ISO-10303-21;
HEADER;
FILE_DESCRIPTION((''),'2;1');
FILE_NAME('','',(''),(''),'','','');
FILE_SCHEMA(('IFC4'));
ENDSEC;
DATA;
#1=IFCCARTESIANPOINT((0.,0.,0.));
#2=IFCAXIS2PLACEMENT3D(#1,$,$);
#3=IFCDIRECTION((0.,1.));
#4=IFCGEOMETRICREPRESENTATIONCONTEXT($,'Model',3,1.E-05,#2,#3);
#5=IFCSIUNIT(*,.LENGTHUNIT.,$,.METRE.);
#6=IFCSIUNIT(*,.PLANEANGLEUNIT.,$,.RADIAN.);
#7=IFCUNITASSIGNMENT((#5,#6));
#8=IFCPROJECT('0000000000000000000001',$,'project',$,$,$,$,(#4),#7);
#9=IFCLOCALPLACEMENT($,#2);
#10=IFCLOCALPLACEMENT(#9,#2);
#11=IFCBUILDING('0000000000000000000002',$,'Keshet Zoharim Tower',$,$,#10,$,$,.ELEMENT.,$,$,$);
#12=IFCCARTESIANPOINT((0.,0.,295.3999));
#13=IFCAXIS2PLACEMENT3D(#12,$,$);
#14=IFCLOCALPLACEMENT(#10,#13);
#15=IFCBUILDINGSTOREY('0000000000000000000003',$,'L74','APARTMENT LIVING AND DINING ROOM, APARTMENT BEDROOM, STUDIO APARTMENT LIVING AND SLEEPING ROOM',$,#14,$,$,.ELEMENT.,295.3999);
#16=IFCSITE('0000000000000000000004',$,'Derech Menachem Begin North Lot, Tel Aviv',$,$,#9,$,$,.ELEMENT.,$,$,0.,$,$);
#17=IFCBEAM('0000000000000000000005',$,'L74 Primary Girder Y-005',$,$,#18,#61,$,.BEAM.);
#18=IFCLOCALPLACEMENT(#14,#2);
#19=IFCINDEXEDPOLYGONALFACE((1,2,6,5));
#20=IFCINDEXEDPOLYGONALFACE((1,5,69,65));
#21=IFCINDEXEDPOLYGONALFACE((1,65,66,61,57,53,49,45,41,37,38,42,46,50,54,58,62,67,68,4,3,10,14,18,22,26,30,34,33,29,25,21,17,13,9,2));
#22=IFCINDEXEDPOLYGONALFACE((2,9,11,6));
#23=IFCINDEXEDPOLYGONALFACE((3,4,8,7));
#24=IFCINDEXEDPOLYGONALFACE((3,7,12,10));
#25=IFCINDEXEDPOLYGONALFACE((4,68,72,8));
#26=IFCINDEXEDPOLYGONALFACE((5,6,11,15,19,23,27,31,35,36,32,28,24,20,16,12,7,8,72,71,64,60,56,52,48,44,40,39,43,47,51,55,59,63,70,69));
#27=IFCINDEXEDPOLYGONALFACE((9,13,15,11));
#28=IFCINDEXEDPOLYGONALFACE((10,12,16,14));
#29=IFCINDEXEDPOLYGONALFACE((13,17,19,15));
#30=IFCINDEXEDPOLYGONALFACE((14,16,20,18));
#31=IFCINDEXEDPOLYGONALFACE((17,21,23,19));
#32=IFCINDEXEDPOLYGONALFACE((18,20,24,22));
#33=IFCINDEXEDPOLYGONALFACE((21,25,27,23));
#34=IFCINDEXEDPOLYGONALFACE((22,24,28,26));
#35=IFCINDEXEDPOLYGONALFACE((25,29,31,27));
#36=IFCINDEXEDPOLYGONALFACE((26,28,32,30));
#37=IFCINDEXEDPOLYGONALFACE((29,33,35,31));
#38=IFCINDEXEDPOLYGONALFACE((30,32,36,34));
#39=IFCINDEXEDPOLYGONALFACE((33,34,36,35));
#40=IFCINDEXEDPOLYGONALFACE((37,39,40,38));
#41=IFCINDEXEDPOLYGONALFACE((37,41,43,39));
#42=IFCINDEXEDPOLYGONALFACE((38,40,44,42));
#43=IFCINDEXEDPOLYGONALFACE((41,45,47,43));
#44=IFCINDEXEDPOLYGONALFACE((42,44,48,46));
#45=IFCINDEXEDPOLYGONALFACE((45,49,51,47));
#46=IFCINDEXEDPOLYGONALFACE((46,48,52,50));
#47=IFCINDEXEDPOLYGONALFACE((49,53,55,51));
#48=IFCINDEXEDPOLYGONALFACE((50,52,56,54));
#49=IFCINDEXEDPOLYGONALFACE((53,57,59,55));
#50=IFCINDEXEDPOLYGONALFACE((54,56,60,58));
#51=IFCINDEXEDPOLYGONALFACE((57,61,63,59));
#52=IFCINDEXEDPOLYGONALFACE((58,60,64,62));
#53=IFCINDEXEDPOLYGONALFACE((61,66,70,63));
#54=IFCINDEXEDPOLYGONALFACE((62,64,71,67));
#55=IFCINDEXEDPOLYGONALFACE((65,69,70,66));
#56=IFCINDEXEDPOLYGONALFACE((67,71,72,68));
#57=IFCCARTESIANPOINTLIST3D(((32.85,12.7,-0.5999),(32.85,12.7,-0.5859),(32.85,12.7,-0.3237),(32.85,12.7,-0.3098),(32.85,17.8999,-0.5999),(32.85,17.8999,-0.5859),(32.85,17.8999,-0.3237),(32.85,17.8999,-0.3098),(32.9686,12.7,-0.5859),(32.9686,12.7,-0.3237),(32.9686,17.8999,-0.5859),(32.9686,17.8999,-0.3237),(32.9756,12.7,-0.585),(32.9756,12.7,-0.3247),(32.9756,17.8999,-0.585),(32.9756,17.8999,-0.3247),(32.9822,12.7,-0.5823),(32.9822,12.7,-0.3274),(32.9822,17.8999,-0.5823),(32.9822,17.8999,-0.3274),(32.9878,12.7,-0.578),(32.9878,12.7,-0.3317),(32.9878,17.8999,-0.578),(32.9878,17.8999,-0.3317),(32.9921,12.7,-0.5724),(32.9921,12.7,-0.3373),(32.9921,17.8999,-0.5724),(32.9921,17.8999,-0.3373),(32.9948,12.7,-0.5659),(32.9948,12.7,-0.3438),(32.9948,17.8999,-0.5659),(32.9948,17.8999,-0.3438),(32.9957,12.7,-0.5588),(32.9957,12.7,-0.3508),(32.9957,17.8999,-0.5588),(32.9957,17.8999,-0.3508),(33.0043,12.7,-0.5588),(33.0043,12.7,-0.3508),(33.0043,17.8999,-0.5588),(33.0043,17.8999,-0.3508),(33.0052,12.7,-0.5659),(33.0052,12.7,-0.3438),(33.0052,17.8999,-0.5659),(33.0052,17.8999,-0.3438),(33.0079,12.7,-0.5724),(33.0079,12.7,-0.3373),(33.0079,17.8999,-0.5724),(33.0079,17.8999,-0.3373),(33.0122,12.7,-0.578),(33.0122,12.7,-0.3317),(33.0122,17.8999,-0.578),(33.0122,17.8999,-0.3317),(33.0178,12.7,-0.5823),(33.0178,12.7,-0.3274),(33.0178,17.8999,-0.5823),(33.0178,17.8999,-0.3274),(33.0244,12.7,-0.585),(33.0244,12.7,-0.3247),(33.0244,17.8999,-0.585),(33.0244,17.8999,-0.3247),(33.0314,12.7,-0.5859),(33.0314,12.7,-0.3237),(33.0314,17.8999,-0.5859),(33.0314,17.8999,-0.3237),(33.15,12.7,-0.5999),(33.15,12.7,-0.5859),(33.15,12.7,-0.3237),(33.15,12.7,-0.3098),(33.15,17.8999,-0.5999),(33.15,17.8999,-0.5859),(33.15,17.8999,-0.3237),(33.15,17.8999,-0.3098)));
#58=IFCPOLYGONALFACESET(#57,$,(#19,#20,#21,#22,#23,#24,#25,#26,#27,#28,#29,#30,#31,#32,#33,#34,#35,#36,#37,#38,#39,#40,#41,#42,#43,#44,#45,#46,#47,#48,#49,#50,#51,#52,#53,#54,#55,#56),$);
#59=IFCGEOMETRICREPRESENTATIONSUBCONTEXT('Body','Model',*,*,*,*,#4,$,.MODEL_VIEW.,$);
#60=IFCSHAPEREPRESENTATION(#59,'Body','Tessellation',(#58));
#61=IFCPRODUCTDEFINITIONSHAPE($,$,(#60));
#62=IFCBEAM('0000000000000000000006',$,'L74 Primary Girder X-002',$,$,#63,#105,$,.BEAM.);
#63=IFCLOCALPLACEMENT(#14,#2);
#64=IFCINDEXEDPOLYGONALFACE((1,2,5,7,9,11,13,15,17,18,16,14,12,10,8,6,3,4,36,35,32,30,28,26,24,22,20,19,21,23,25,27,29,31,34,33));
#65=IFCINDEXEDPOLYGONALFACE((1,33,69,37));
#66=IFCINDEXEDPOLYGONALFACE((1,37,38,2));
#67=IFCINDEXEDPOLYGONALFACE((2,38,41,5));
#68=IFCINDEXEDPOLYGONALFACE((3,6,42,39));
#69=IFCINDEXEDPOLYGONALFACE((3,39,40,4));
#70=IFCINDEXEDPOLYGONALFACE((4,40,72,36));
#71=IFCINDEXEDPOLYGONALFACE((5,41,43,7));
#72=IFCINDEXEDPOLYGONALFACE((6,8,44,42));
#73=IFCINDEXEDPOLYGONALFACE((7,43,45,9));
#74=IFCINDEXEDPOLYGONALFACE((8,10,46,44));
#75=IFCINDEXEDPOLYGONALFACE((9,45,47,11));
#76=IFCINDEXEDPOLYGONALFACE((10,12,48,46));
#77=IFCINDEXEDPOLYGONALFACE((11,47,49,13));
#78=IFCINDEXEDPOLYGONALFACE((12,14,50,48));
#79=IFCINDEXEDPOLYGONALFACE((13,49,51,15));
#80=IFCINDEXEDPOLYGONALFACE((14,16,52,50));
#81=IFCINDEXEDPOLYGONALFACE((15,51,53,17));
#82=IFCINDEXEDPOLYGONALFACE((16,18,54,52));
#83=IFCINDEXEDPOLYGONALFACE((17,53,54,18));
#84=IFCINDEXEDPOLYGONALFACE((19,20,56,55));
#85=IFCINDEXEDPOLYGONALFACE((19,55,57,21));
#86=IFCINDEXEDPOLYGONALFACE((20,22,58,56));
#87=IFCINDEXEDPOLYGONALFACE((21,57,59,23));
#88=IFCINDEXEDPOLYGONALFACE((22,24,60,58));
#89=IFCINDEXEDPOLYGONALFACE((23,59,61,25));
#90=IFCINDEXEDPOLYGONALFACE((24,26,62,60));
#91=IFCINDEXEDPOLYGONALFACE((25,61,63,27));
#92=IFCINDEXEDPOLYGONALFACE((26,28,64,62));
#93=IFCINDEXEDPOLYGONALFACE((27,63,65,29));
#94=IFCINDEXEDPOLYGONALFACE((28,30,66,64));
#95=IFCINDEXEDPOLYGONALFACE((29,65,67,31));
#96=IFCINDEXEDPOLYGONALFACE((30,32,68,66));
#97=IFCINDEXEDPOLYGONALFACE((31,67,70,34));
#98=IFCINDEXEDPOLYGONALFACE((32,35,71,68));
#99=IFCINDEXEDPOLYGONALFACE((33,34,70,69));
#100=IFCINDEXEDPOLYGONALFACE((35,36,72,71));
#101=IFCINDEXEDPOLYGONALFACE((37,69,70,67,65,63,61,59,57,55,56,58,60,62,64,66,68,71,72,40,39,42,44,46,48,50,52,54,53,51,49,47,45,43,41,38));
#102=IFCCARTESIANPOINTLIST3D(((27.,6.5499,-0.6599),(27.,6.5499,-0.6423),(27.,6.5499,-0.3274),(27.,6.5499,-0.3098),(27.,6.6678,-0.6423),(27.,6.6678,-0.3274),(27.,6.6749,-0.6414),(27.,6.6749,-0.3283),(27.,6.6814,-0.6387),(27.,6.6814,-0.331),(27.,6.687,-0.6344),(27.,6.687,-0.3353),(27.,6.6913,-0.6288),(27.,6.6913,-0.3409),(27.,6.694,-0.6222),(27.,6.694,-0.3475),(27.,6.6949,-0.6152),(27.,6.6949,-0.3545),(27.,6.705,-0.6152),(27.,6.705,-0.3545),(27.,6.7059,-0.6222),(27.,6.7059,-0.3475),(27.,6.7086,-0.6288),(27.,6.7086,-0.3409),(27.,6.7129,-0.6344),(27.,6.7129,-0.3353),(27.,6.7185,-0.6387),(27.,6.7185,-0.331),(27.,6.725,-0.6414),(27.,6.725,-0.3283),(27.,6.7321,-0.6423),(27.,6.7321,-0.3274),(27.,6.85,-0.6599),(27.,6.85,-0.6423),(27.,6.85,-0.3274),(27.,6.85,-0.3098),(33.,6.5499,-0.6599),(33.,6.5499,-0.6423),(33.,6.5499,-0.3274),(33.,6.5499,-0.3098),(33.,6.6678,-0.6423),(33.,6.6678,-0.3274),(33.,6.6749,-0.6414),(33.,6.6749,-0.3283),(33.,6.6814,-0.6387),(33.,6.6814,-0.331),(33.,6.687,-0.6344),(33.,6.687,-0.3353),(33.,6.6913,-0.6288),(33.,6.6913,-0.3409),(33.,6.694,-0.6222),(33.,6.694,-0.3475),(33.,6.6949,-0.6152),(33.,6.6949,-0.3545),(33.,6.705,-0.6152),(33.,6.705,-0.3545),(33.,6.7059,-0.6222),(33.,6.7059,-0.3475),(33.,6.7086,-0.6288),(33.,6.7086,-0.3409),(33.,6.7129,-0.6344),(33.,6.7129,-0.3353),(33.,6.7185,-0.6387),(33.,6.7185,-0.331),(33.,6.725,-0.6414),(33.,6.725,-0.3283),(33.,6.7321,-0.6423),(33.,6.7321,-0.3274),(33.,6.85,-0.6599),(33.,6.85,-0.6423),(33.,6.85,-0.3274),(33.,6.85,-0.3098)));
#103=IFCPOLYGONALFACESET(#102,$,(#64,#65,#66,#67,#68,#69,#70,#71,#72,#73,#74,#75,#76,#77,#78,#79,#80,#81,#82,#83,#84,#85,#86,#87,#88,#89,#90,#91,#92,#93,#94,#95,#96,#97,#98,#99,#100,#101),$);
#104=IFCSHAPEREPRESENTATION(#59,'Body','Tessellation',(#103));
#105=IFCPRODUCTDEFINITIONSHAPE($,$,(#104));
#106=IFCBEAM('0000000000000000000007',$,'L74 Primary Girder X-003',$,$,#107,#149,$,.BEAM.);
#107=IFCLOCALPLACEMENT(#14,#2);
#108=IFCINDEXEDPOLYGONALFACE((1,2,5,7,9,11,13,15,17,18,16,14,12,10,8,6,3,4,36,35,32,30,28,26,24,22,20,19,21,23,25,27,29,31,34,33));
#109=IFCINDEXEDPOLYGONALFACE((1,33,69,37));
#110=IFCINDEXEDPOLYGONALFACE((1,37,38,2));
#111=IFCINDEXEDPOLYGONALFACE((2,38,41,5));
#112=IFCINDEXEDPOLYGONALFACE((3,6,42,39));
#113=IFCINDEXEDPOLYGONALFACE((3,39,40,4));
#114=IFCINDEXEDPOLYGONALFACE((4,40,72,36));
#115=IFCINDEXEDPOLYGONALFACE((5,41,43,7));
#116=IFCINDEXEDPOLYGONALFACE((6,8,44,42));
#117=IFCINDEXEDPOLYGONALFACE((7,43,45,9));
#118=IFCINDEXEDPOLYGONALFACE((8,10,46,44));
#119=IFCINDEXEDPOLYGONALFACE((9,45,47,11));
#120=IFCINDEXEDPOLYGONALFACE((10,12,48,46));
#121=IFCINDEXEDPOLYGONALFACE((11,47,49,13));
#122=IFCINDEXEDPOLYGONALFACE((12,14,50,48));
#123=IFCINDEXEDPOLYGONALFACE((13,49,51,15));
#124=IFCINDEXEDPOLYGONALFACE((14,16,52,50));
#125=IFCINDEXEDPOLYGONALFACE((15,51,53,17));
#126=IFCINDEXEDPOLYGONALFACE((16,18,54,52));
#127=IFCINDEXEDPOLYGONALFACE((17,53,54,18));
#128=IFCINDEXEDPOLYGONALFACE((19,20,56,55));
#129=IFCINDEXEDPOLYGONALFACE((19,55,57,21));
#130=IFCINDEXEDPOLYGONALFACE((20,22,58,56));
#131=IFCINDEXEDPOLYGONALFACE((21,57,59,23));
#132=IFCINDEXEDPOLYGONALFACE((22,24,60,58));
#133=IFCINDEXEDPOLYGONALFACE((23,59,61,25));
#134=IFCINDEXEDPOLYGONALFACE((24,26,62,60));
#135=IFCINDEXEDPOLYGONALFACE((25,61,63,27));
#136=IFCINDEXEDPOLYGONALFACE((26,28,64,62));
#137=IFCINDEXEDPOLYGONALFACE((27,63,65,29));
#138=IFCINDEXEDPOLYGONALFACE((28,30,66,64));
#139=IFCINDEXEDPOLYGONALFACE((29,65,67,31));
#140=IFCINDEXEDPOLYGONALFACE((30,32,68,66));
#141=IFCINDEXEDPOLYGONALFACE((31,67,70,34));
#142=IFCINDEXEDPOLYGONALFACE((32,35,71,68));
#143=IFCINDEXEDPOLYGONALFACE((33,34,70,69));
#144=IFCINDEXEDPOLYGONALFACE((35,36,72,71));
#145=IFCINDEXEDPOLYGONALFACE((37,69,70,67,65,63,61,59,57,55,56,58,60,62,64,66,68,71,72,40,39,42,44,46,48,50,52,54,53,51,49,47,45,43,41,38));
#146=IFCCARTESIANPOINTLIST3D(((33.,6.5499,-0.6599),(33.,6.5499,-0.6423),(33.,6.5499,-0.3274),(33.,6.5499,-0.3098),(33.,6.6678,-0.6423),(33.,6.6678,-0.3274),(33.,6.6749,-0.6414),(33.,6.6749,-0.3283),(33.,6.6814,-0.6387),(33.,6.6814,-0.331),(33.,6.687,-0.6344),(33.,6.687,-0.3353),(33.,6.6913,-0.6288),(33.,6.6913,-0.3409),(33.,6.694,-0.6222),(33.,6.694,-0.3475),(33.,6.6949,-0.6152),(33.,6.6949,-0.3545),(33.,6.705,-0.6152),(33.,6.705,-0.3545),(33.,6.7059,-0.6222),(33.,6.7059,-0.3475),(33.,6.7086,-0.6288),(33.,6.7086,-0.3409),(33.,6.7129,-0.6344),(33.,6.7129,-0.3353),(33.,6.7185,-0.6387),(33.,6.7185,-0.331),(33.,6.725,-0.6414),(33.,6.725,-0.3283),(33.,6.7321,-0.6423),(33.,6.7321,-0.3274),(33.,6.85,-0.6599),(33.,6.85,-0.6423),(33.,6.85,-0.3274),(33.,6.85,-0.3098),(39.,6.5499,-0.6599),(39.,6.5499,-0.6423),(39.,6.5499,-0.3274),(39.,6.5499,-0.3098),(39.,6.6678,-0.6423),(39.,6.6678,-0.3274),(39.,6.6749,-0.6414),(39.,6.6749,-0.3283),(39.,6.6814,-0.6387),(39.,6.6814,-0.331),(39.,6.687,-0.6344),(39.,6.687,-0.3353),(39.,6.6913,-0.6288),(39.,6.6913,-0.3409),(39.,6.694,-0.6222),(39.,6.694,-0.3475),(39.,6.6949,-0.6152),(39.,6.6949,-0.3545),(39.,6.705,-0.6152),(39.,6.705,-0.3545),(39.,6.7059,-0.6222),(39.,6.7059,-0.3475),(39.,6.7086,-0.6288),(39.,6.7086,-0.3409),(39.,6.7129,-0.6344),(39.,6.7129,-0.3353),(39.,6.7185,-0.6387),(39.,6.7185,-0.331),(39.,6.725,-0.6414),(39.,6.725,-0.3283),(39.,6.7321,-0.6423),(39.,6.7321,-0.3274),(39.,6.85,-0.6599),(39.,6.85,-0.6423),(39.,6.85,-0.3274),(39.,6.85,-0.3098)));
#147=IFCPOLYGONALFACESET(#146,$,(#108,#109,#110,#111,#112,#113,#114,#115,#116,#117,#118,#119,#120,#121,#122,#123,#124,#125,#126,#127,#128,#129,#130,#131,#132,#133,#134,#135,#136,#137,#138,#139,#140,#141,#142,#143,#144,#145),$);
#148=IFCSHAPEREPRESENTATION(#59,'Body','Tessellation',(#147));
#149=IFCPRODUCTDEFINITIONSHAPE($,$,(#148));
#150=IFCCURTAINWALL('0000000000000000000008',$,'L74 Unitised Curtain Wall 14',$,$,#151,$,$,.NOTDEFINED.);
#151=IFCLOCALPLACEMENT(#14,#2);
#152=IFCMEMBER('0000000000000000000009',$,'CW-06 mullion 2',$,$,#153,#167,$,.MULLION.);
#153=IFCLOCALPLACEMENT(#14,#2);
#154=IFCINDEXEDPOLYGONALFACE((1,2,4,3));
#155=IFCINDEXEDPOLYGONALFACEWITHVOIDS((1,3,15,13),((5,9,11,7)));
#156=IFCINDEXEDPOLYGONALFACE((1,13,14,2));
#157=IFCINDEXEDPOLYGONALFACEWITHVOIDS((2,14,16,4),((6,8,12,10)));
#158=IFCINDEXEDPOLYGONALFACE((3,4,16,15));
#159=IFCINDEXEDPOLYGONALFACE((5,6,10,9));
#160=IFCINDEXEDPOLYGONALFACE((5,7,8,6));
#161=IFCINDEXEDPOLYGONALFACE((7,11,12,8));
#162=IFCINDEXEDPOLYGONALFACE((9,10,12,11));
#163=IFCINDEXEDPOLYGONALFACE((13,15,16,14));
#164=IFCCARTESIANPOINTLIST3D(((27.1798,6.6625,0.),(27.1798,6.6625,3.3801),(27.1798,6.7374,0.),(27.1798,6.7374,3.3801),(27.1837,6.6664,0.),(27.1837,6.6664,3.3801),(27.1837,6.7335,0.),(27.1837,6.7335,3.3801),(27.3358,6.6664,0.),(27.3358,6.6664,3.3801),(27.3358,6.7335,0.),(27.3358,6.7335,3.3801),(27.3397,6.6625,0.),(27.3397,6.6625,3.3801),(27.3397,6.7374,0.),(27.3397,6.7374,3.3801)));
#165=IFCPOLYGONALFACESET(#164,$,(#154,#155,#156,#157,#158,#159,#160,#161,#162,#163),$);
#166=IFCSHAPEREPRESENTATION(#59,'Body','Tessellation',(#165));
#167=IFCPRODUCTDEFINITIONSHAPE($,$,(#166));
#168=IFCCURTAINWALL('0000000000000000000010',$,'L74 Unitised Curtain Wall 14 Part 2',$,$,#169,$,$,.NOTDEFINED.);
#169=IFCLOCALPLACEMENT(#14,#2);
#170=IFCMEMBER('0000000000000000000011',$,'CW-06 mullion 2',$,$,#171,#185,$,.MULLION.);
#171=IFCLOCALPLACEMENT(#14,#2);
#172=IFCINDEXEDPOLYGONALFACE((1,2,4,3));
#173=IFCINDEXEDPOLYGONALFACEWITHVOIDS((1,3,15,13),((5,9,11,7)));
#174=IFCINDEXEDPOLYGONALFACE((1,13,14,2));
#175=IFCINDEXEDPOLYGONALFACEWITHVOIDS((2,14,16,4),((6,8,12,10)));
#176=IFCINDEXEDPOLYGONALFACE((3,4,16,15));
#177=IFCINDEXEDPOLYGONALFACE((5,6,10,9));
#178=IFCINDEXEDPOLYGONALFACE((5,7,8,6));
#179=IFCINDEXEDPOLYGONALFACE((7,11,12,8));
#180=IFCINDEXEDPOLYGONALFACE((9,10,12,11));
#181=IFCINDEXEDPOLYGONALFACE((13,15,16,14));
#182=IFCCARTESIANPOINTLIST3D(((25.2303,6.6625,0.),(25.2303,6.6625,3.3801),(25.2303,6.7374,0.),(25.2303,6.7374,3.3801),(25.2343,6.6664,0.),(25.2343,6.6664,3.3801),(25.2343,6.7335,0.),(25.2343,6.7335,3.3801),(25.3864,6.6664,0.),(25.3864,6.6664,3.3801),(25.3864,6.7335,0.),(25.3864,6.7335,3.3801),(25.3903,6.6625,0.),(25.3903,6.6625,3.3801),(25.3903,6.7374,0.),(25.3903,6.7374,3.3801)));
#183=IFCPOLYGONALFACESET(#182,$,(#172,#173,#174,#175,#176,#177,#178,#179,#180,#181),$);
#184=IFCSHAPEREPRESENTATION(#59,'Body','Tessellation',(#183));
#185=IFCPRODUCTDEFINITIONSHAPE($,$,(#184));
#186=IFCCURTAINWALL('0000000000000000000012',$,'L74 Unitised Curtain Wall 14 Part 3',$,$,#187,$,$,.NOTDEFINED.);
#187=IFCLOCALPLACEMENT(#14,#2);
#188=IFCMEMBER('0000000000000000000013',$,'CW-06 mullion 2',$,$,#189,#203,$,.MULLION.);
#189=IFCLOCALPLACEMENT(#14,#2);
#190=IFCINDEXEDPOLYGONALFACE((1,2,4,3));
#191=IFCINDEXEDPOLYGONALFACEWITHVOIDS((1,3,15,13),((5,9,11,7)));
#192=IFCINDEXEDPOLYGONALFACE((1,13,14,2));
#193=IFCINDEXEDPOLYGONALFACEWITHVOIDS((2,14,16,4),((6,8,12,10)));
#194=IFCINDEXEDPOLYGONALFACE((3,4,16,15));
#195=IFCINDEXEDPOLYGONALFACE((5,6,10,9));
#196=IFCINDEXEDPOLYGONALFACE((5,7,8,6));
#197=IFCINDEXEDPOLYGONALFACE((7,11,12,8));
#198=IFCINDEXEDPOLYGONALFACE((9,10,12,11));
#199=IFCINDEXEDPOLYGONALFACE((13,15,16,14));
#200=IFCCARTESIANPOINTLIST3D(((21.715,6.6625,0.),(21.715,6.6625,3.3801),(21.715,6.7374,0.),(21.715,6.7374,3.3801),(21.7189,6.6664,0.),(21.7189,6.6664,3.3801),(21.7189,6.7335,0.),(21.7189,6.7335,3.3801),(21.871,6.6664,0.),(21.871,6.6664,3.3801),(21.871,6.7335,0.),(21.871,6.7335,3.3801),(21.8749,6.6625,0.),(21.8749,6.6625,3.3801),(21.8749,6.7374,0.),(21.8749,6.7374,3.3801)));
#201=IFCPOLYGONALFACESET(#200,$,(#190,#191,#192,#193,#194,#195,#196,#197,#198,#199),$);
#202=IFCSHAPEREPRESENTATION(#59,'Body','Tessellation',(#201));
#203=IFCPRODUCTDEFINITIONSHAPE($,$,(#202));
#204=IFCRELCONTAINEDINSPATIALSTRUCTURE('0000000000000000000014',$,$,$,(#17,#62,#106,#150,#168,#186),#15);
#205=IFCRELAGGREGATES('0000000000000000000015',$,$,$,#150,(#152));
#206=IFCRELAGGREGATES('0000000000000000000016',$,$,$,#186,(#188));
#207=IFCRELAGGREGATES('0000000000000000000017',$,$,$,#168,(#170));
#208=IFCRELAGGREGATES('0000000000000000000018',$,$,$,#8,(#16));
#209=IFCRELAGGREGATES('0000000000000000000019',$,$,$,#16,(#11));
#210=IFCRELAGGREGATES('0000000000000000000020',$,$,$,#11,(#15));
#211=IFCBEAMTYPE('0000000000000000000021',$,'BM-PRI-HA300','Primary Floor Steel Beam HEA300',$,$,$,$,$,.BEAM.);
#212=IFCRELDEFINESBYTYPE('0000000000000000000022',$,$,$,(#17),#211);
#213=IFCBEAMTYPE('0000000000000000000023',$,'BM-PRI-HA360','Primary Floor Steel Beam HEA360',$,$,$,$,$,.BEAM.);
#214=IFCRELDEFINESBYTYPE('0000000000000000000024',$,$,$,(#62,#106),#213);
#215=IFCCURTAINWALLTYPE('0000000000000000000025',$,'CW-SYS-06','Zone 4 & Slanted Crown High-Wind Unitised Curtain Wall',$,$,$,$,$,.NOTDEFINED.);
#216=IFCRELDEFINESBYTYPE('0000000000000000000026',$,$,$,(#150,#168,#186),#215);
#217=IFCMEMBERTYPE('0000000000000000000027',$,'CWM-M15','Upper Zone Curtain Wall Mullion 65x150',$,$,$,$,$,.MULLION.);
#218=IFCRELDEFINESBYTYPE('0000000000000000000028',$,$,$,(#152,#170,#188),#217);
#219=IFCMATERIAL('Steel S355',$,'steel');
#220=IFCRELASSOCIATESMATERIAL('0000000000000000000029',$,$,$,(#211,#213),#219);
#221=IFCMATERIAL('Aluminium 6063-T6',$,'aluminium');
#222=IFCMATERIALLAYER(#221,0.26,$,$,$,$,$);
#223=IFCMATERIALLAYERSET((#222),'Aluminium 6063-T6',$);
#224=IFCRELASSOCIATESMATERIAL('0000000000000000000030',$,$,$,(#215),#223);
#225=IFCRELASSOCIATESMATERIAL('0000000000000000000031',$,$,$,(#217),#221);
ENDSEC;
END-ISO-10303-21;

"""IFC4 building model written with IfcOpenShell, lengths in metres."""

from ifc_helpers import new_model, si_unit, direction, frame, origin, origin_2d, place, context, subcontext, project, spatial, hollow_rectangle, i_section, extrude, material, layer, layer_set, material_profile, profile_set, type_object, element, aggregate, save


model = new_model("IFC4")

# Units and contexts
model_context = context("Model", 3, precision=1e-05, world=origin(), true_north=direction((0.0, 1.0)))
body_context = subcontext(model_context, "Body", "Model", "MODEL_VIEW")
ifc_project = project(units=[si_unit("LENGTHUNIT", "METRE"), si_unit("PLANEANGLEUNIT", "RADIAN")], contexts=[model_context])

# Site, building, storey
site_placement = place(None, origin())
site = spatial("IfcSite", under=ifc_project, at=site_placement, Name="Derech Menachem Begin North Lot, Tel Aviv", CompositionType="ELEMENT", RefElevation=0.0)
building_placement = place(site_placement, origin())
building = spatial("IfcBuilding", under=site, at=building_placement, Name="Keshet Zoharim Tower", CompositionType="ELEMENT")
storey_placement = place(building_placement, frame((0.0, 0.0, 295.3999)))
storey = spatial("IfcBuildingStorey", under=building, at=storey_placement, Name="L74", Description="APARTMENT LIVING AND DINING ROOM, APARTMENT BEDROOM, STUDIO APARTMENT LIVING AND SLEEPING ROOM", CompositionType="ELEMENT", Elevation=295.3999)

# Shared definitions
ifc_material_1 = material(Name="Steel S355", Category="steel")

# Beams
ifc_material_profile_1 = material_profile(ifc_material_1, i_section(OverallWidth=0.3, OverallDepth=0.29, WebThickness=0.0085, FlangeThickness=0.0139, FilletRadius=0.0271, at=origin_2d()), Name="HEA300")
ifc_profile_set_1 = profile_set([ifc_material_profile_1], Name="Steel S355")
beam_type_1 = type_object("IfcBeamType", Name="BM-PRI-HA300", Description="Primary Floor Steel Beam HEA300", PredefinedType="BEAM", material=ifc_profile_set_1)
beam_1_placement = place(storey_placement, frame((33.0, 12.7, -0.4548), z_axis=(0.0, 1.0, 0.0), x_axis=(-1.0, 0.0, 0.0)))
element("IfcBeam", 1, at=beam_1_placement, inside=storey, type_object=beam_type_1, Name="L74 Primary Girder Y-005", PredefinedType="BEAM", context=body_context, shape_type="SweptSolid", body=[
    extrude(i_section(OverallWidth=0.3, OverallDepth=0.29, WebThickness=0.0085, FlangeThickness=0.0139, FilletRadius=0.0271, at=origin_2d()), origin(), (0.0, 0.0, 1.0), 5.2),
])
ifc_material_profile_2 = material_profile(ifc_material_1, i_section(OverallWidth=0.3, OverallDepth=0.3501, WebThickness=0.01, FlangeThickness=0.0176, FilletRadius=0.0271, at=origin_2d()), Name="HEA360")
ifc_profile_set_2 = profile_set([ifc_material_profile_2], Name="Steel S355")
beam_type_2 = type_object("IfcBeamType", Name="BM-PRI-HA360", Description="Primary Floor Steel Beam HEA360", PredefinedType="BEAM", material=ifc_profile_set_2)
for number, where, z_axis, x_axis, name in (
    (2, (27.0, 6.7, -0.4849), (1.0, 0.0, 0.0), (0.0, 1.0, 0.0), "L74 Primary Girder X-002"),
    (3, (33.0, 6.7, -0.4849), (1.0, 0.0, 0.0), (0.0, 1.0, 0.0), "L74 Primary Girder X-003"),
):
    element("IfcBeam", number, at=place(storey_placement, frame(where, z_axis=z_axis, x_axis=x_axis)), inside=storey, type_object=beam_type_2, Name=name, PredefinedType="BEAM", context=body_context, shape_type="SweptSolid", body=[
        extrude(i_section(OverallWidth=0.3, OverallDepth=0.3501, WebThickness=0.01, FlangeThickness=0.0176, FilletRadius=0.0271, at=origin_2d()), origin(), (0.0, 0.0, 1.0), 6.0),
    ])

# Curtain walls, members
ifc_material_2 = material(Name="Aluminium 6063-T6", Category="aluminium")
ifc_layer_1 = layer(ifc_material_2, 0.26)
ifc_layer_set_1 = layer_set([ifc_layer_1], Name="Aluminium 6063-T6")
curtain_wall_type = type_object("IfcCurtainWallType", Name="CW-SYS-06", Description="Zone 4 & Slanted Crown High-Wind Unitised Curtain Wall", PredefinedType="NOTDEFINED", material=ifc_layer_set_1)
curtain_wall_1_placement = place(storey_placement, origin())
curtain_wall_1 = element("IfcCurtainWall", 4, at=curtain_wall_1_placement, inside=storey, type_object=curtain_wall_type, Name="L74 Unitised Curtain Wall 14", PredefinedType="NOTDEFINED")
ifc_material_profile_3 = material_profile(ifc_material_2, hollow_rectangle(XDim=0.075, YDim=0.1599, WallThickness=0.0039, at=origin_2d()), Name="MUL-75x160")
ifc_profile_set_3 = profile_set([ifc_material_profile_3], Name="Aluminium 6063-T6")
member_type_1 = type_object("IfcMemberType", Name="CWM-M15", Description="Upper Zone Curtain Wall Mullion 65x150", PredefinedType="MULLION", material=ifc_profile_set_3)
member_1_placement = place(storey_placement, frame((27.2598, 6.7, 0.0), z_axis=(0.0, 0.0, 1.0), x_axis=(0.0, -1.0, 0.0)))
member_1 = element("IfcMember", 5, at=member_1_placement, type_object=member_type_1, Name="CW-06 mullion 2", PredefinedType="MULLION", context=body_context, shape_type="SweptSolid", body=[
    extrude(hollow_rectangle(XDim=0.075, YDim=0.1599, WallThickness=0.0039, at=origin_2d()), origin(), (0.0, 0.0, 1.0), 3.3801),
])
aggregate(curtain_wall_1, [member_1])
curtain_wall_2_placement = place(storey_placement, origin())
curtain_wall_2 = element("IfcCurtainWall", 6, at=curtain_wall_2_placement, inside=storey, type_object=curtain_wall_type, Name="L74 Unitised Curtain Wall 14 Part 2", PredefinedType="NOTDEFINED")
member_2_placement = place(storey_placement, frame((25.3103, 6.7, 0.0), z_axis=(0.0, 0.0, 1.0), x_axis=(0.0, -1.0, 0.0)))
member_2 = element("IfcMember", 7, at=member_2_placement, type_object=member_type_1, Name="CW-06 mullion 2", PredefinedType="MULLION", context=body_context, shape_type="SweptSolid", body=[
    extrude(hollow_rectangle(XDim=0.075, YDim=0.1599, WallThickness=0.0039, at=origin_2d()), origin(), (0.0, 0.0, 1.0), 3.3801),
])
curtain_wall_3_placement = place(storey_placement, origin())
curtain_wall_3 = element("IfcCurtainWall", 8, at=curtain_wall_3_placement, inside=storey, type_object=curtain_wall_type, Name="L74 Unitised Curtain Wall 14 Part 3", PredefinedType="NOTDEFINED")
member_3_placement = place(storey_placement, frame((21.7949, 6.7, 0.0), z_axis=(0.0, 0.0, 1.0), x_axis=(0.0, -1.0, 0.0)))
member_3 = element("IfcMember", 9, at=member_3_placement, type_object=member_type_1, Name="CW-06 mullion 2", PredefinedType="MULLION", context=body_context, shape_type="SweptSolid", body=[
    extrude(hollow_rectangle(XDim=0.075, YDim=0.1599, WallThickness=0.0039, at=origin_2d()), origin(), (0.0, 0.0, 1.0), 3.3801),
])

aggregate(curtain_wall_3, [member_3])
aggregate(curtain_wall_2, [member_2])

save(model, "model.ifc")
